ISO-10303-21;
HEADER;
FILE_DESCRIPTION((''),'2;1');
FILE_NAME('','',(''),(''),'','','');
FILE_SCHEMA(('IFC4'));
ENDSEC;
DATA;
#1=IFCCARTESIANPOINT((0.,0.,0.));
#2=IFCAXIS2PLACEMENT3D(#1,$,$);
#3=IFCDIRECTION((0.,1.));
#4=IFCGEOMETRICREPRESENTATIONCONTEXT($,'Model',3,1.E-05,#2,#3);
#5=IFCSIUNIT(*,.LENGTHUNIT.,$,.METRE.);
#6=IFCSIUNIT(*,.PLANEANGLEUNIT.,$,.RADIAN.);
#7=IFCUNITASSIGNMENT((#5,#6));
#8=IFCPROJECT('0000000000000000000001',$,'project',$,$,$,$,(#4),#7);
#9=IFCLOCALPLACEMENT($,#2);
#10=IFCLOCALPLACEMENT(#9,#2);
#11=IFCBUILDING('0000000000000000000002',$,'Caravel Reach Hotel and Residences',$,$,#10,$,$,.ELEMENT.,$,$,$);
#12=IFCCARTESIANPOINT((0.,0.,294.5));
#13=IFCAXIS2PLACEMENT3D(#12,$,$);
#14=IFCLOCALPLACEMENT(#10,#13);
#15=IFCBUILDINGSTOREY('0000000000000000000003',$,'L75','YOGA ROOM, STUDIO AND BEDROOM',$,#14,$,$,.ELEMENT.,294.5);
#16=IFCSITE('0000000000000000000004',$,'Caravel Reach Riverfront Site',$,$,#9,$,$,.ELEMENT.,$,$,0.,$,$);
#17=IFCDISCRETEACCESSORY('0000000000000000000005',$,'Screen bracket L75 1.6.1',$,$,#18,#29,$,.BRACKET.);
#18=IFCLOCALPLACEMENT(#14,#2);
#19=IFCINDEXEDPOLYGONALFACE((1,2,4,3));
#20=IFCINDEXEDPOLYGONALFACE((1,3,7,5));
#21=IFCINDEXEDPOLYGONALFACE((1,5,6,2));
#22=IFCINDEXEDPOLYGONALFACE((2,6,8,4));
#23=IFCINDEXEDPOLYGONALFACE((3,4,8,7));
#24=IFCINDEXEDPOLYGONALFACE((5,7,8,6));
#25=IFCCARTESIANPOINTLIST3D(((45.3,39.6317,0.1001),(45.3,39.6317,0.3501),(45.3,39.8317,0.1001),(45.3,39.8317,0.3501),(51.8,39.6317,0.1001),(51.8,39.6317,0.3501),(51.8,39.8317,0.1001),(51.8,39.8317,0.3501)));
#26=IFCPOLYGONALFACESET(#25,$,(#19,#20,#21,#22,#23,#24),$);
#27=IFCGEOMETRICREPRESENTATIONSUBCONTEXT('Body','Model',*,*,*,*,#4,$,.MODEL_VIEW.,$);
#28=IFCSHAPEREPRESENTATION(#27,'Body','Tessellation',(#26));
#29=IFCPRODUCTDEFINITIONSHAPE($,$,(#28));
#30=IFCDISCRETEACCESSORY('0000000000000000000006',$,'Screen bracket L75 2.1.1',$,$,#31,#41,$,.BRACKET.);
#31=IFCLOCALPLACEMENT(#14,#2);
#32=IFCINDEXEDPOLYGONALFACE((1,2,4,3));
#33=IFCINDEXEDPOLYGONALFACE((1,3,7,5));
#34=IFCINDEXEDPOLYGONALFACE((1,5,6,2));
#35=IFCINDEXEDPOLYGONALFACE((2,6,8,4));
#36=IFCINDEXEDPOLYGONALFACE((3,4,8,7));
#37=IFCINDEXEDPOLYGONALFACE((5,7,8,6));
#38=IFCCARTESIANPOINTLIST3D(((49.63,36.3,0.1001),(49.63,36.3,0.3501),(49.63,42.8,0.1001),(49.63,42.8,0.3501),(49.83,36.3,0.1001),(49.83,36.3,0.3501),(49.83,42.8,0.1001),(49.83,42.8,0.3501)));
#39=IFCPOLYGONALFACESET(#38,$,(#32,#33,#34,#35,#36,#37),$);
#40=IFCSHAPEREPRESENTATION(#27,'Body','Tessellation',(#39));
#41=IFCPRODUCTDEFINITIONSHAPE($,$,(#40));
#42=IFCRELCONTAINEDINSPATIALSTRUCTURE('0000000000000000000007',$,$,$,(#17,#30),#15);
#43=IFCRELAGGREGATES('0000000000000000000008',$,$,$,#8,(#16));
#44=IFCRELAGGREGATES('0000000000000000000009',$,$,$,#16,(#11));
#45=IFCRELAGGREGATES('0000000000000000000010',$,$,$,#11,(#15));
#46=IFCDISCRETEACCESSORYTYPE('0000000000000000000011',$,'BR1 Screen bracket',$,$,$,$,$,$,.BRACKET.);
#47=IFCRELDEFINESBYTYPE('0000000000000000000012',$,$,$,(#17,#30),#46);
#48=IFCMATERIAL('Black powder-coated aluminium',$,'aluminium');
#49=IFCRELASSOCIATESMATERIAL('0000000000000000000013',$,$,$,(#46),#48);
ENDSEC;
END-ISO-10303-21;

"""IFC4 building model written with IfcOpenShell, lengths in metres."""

from ifc_helpers import new_model, si_unit, direction, frame, origin, origin_2d, place, context, subcontext, project, spatial, rectangle, extrude, material, type_object, element, save


model = new_model("IFC4")

# Units and contexts
model_context = context("Model", 3, precision=1e-05, world=origin(), true_north=direction((0.0, 1.0)))
body_context = subcontext(model_context, "Body", "Model", "MODEL_VIEW")
ifc_project = project(units=[si_unit("LENGTHUNIT", "METRE"), si_unit("PLANEANGLEUNIT", "RADIAN")], contexts=[model_context])

# Site, building, storey
site_placement = place(None, origin())
site = spatial("IfcSite", under=ifc_project, at=site_placement, Name="Caravel Reach Riverfront Site", CompositionType="ELEMENT", RefElevation=0.0)
building_placement = place(site_placement, origin())
building = spatial("IfcBuilding", under=site, at=building_placement, Name="Caravel Reach Hotel and Residences", CompositionType="ELEMENT")
storey_placement = place(building_placement, frame((0.0, 0.0, 294.5)))
storey = spatial("IfcBuildingStorey", under=building, at=storey_placement, Name="L75", Description="YOGA ROOM, STUDIO AND BEDROOM", CompositionType="ELEMENT", Elevation=294.5)

# Discrete accessories
ifc_material_1 = material(Name="Black powder-coated aluminium", Category="aluminium")
discrete_accessory_type = type_object("IfcDiscreteAccessoryType", Name="BR1 Screen bracket", PredefinedType="BRACKET", material=ifc_material_1)
for number, where, z_axis, x_axis, name in (
    (1, (48.55, 39.7317, 0.1001), (0.0, 0.0, 1.0), (1.0, 0.0, 0.0), "Screen bracket L75 1.6.1"),
    (2, (49.73, 39.55, 0.1001), (0.0, 0.0, 1.0), (0.0, 1.0, 0.0), "Screen bracket L75 2.1.1"),
):
    element("IfcDiscreteAccessory", number, at=place(storey_placement, frame(where, z_axis=z_axis, x_axis=x_axis)), inside=storey, type_object=discrete_accessory_type, Name=name, PredefinedType="BRACKET", context=body_context, shape_type="SweptSolid", body=[
        extrude(rectangle(XDim=6.5, YDim=0.2, at=origin_2d()), origin(), (0.0, 0.0, 1.0), 0.25),
    ])

save(model, "model.ifc")
